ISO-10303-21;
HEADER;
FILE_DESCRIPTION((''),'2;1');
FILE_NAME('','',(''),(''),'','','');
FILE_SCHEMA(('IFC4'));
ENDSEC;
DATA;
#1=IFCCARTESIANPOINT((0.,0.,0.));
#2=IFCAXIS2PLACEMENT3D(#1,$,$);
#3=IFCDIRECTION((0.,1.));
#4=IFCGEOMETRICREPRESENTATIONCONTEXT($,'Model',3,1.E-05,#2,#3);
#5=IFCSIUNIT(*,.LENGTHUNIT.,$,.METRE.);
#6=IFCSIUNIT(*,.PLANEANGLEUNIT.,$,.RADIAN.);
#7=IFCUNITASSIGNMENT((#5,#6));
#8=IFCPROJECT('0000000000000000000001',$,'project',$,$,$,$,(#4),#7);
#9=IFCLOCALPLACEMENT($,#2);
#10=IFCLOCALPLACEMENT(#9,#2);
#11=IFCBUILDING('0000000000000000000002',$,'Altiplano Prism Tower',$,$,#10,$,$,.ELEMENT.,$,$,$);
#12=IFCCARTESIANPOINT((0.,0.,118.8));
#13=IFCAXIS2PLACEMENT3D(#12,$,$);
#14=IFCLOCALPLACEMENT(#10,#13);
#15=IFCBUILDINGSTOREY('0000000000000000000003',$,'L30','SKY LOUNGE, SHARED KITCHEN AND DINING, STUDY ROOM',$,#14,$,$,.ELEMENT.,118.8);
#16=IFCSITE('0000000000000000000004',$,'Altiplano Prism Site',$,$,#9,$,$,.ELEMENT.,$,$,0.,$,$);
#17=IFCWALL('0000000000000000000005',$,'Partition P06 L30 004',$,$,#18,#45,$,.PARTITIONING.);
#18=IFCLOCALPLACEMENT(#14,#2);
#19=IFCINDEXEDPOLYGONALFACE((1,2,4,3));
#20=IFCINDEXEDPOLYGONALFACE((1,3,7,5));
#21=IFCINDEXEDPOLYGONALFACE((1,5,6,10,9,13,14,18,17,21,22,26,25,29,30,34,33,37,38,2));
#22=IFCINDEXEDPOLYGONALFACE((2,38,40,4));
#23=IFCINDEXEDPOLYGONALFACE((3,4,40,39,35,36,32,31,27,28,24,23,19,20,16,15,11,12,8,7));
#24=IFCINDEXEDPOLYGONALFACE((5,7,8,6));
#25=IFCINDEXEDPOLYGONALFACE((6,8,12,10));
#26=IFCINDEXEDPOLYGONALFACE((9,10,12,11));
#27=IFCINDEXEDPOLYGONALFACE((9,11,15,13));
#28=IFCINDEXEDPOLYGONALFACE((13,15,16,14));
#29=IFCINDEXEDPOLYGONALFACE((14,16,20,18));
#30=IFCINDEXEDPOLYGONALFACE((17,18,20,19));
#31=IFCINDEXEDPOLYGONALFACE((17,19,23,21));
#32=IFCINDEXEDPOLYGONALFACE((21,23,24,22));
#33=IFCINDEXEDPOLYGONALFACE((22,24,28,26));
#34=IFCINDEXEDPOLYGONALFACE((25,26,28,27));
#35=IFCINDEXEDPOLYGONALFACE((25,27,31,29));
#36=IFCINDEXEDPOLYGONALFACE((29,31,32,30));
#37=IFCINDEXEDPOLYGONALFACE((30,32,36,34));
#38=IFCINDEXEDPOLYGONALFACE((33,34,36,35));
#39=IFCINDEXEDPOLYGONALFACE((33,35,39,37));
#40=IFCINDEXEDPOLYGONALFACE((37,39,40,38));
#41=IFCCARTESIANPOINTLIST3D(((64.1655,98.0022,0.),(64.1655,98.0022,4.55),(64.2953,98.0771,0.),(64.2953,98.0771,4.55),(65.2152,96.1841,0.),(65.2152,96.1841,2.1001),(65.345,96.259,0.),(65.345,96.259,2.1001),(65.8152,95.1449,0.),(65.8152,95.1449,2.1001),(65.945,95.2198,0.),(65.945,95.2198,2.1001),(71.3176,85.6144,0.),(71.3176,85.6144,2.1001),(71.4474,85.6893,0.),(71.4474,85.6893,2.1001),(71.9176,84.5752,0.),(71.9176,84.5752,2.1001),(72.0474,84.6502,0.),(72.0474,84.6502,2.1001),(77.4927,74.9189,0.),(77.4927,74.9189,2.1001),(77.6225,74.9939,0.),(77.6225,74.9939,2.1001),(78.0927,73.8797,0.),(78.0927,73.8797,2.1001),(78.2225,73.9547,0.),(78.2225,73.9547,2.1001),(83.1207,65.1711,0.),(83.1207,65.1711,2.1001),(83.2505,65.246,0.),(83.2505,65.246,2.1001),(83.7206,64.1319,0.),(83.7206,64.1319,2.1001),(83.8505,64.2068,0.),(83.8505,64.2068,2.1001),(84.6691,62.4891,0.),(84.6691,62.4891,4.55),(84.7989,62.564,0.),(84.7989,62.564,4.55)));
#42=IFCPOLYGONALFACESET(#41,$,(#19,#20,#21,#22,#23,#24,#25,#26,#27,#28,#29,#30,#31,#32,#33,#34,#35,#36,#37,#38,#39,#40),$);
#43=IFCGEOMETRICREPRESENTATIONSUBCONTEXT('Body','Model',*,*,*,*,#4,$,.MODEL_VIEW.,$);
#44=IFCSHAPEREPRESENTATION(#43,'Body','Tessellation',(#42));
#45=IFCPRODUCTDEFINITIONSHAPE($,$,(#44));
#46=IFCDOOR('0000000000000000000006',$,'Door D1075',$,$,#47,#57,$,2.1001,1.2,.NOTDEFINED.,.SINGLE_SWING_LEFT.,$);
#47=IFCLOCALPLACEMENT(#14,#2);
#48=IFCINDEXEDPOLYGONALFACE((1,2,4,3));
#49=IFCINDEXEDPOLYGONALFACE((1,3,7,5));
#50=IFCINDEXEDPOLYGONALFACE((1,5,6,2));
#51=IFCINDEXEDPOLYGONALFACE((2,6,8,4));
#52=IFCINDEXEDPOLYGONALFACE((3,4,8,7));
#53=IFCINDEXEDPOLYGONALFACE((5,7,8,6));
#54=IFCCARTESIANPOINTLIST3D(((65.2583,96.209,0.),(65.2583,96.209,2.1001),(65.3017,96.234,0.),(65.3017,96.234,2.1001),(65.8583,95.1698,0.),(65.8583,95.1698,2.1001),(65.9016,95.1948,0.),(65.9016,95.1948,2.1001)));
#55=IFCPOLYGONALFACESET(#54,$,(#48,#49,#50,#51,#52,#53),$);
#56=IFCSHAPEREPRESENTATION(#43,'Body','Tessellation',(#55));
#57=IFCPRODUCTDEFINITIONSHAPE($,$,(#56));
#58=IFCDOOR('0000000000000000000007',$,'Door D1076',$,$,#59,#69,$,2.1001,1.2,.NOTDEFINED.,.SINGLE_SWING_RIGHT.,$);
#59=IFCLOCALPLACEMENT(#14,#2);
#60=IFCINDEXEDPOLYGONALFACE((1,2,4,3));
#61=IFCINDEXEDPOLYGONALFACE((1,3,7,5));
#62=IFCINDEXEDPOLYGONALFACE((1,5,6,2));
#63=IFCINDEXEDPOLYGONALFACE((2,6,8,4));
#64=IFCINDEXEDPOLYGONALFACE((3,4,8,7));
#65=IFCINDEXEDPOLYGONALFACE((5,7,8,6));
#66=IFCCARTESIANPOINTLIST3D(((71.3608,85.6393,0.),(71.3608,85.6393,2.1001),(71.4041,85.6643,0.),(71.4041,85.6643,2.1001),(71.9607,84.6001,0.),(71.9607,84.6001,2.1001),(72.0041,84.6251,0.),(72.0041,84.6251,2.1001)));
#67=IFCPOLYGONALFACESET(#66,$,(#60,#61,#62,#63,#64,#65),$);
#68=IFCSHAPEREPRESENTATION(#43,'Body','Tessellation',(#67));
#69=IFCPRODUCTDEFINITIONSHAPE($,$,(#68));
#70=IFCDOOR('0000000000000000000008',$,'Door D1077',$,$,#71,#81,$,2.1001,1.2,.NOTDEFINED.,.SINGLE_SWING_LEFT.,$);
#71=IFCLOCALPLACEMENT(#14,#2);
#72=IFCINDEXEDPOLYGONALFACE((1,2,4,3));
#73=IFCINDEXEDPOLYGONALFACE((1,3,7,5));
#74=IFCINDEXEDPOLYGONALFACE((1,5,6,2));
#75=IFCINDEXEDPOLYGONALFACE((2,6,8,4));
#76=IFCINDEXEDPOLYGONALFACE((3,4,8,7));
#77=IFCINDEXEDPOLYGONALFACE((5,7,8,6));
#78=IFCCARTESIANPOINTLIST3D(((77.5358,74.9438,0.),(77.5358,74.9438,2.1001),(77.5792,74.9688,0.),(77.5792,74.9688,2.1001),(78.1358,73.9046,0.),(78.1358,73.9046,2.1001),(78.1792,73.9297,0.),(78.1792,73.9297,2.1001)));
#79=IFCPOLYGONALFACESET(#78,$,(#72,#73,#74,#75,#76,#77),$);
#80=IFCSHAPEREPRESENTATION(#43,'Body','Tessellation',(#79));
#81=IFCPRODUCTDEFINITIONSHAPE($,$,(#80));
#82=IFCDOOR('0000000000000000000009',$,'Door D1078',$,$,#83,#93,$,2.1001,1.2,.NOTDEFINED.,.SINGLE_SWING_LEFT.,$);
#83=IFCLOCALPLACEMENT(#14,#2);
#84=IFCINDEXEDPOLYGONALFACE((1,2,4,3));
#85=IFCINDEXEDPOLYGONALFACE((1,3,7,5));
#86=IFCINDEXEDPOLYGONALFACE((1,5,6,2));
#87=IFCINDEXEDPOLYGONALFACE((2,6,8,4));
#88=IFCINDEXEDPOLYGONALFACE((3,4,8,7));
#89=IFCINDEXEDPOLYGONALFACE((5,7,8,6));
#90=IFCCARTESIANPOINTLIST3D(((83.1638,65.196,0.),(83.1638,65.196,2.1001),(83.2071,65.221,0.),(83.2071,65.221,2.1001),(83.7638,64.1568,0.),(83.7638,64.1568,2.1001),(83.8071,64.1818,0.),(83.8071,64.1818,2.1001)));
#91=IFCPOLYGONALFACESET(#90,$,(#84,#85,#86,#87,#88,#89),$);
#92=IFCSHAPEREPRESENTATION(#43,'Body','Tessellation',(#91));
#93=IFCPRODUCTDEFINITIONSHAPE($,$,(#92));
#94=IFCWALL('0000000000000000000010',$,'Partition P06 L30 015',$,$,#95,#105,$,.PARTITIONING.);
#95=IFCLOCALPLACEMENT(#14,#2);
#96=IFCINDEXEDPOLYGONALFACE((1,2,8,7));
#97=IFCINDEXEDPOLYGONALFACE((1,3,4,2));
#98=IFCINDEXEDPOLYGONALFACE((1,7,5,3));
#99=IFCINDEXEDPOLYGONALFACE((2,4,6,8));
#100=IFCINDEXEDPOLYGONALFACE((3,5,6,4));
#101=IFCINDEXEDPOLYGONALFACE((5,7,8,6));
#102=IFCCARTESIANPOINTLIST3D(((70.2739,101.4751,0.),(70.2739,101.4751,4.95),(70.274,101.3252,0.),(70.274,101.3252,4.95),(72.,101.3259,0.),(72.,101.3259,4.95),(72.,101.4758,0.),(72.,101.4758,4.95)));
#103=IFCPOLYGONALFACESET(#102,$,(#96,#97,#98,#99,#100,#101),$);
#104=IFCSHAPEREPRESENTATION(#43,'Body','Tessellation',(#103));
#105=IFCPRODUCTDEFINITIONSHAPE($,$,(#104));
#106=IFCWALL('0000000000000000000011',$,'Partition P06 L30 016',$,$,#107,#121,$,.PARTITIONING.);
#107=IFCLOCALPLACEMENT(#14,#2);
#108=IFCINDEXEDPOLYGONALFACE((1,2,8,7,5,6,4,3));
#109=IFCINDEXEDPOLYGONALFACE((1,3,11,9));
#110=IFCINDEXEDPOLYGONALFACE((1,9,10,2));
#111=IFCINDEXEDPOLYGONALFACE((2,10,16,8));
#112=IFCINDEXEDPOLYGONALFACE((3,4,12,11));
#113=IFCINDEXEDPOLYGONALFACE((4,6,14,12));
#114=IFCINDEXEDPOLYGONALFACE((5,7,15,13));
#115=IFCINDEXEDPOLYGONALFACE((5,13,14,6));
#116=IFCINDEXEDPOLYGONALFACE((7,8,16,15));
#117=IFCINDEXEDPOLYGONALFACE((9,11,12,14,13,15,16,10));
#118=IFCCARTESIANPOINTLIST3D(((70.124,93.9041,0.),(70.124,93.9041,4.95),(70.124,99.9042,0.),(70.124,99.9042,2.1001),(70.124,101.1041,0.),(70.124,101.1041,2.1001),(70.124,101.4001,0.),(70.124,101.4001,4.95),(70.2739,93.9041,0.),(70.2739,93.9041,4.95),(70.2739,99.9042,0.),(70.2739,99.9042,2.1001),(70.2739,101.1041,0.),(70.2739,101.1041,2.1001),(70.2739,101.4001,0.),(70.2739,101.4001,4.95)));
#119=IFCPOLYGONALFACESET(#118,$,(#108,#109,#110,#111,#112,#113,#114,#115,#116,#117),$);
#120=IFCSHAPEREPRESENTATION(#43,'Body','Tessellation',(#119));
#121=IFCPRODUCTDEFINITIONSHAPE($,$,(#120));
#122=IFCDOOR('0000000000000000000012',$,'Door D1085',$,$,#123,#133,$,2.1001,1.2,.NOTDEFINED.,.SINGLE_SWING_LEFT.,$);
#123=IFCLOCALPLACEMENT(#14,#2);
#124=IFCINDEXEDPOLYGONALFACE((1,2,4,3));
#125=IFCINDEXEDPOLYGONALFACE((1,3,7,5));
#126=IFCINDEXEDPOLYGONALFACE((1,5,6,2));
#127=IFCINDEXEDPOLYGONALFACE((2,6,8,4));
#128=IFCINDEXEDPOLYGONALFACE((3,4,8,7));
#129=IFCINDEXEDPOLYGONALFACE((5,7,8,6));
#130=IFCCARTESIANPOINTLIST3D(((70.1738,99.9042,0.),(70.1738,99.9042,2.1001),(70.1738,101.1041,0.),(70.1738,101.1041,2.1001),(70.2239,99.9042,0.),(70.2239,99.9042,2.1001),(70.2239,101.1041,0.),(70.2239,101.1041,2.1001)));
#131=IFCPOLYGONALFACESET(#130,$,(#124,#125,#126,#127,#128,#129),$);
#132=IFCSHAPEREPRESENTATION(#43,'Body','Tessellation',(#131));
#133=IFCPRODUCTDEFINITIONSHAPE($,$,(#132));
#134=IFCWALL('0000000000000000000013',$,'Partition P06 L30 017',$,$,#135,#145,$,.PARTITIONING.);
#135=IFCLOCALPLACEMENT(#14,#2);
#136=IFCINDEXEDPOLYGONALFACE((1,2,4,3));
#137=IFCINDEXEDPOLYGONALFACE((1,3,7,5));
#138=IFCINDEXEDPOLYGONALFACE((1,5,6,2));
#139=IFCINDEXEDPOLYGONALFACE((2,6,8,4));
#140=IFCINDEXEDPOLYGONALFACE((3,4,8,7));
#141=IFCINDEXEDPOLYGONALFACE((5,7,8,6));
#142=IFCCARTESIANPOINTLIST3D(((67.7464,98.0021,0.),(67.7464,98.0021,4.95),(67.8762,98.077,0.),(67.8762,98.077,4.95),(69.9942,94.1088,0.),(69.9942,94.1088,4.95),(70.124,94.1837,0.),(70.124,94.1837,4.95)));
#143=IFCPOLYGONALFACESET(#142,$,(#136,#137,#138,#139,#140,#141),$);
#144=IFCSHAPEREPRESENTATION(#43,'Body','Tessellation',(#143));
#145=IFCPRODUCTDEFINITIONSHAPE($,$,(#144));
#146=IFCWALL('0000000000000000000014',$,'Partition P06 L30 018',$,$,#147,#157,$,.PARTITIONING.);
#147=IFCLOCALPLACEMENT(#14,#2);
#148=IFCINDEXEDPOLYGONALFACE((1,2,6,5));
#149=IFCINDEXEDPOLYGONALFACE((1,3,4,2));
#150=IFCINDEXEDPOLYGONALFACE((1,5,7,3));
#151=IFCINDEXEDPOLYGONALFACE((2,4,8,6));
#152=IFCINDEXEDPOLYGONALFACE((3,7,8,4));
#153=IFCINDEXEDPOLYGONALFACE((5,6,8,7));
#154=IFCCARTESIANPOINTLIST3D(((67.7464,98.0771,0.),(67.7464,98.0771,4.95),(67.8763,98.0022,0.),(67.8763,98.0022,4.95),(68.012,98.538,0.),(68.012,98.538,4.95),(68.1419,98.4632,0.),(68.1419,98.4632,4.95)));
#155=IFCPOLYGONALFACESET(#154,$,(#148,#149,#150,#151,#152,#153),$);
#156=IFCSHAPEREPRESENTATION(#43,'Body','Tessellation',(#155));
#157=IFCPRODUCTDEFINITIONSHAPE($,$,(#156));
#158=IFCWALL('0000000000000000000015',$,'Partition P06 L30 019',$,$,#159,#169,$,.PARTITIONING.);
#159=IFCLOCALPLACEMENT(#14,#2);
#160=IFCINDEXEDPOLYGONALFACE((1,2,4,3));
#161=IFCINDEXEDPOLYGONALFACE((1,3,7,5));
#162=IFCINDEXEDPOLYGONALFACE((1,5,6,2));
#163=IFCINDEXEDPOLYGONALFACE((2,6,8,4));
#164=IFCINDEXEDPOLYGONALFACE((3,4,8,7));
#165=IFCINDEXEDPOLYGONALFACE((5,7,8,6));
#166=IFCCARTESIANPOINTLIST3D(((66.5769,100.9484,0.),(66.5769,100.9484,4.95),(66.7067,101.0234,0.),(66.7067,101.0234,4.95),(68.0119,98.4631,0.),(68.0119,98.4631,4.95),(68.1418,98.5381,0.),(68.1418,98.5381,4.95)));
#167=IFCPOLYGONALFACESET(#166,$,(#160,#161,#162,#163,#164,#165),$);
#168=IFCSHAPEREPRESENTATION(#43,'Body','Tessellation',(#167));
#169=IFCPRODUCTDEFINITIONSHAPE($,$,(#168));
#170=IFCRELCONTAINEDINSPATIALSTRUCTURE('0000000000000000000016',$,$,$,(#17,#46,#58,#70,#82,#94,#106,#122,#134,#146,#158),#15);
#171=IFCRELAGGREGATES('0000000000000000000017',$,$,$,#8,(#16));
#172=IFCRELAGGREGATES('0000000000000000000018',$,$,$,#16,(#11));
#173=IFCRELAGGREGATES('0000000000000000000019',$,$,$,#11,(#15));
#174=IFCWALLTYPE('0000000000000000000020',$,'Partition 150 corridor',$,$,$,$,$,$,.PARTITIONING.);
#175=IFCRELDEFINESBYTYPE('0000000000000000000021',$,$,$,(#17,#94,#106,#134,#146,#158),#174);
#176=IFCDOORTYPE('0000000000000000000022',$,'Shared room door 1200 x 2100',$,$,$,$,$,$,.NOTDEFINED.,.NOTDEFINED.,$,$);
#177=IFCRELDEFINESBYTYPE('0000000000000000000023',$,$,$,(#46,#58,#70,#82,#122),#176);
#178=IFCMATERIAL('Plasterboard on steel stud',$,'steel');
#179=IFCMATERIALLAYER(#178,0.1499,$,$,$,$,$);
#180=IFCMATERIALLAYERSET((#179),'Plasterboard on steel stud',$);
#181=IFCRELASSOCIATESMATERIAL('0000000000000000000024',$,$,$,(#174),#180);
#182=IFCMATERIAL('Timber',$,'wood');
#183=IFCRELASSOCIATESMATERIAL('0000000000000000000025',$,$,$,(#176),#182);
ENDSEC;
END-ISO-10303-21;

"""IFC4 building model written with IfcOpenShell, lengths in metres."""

from ifc_helpers import new_model, si_unit, direction, frame, frame_2d, origin, place, context, subcontext, project, spatial, rectangle, extrude, material, layer, layer_set, type_object, element, fill, save


model = new_model("IFC4")

# Units and contexts
model_context = context("Model", 3, precision=1e-05, world=origin(), true_north=direction((0.0, 1.0)))
body_context = subcontext(model_context, "Body", "Model", "MODEL_VIEW")
ifc_project = project(units=[si_unit("LENGTHUNIT", "METRE"), si_unit("PLANEANGLEUNIT", "RADIAN")], contexts=[model_context])

# Site, building, storey
site_placement = place(None, origin())
site = spatial("IfcSite", under=ifc_project, at=site_placement, Name="Altiplano Prism Site", CompositionType="ELEMENT", RefElevation=0.0)
building_placement = place(site_placement, origin())
building = spatial("IfcBuilding", under=site, at=building_placement, Name="Altiplano Prism Tower", CompositionType="ELEMENT")
storey_placement = place(building_placement, frame((0.0, 0.0, 118.8)))
storey = spatial("IfcBuildingStorey", under=building, at=storey_placement, Name="L30", Description="SKY LOUNGE, SHARED KITCHEN AND DINING, STUDY ROOM", CompositionType="ELEMENT", Elevation=118.8)

# Shared definitions
ifc_material_1 = material(Name="Plasterboard on steel stud", Category="steel")
ifc_layer_1 = layer(ifc_material_1, 0.1499)
ifc_layer_set_1 = layer_set([ifc_layer_1], Name="Plasterboard on steel stud")
wall_type_1 = type_object("IfcWallType", Name="Partition 150 corridor", PredefinedType="PARTITIONING", material=ifc_layer_set_1)

# Wall, openings, doors
wall_1_placement = place(storey_placement, frame((64.2305, 98.0396, 0.0), z_axis=(0.0, 0.0, 1.0), x_axis=(0.500002, -0.866024, 0.0)))
wall_1 = element("IfcWall", 1, at=wall_1_placement, inside=storey, type_object=wall_type_1, Name="Partition P06 L30 004", PredefinedType="PARTITIONING", context=body_context, shape_type="SweptSolid", body=[
    extrude(rectangle(XDim=41.0071, YDim=0.1499, at=frame_2d((20.5034, 0.0))), origin(), (0.0, 0.0, 1.0), 4.55),
])
opening_1_placement = place(wall_1_placement, frame((2.0991, 0.0, 0.0)))
opening_1 = element("IfcOpeningElement", 2, at=opening_1_placement, cuts=wall_1, PredefinedType="OPENING", context=body_context, shape_type="SweptSolid", body=[
    extrude(rectangle(XDim=1.2, YDim=2.1001, at=frame_2d((0.6001, 1.05))), frame((0.0, 0.0854, 0.0), z_axis=(0.0, -1.0, 0.0), x_axis=(1.0, 0.0, 0.0)), (0.0, 0.0, 1.0), 0.1709),
])
opening_2_placement = place(wall_1_placement, frame((14.304, 0.0, 0.0)))
opening_2 = element("IfcOpeningElement", 3, at=opening_2_placement, cuts=wall_1, PredefinedType="OPENING", context=body_context, shape_type="SweptSolid", body=[
    extrude(rectangle(XDim=1.2, YDim=2.1001, at=frame_2d((0.6001, 1.05))), frame((0.0, 0.0854, 0.0), z_axis=(0.0, -1.0, 0.0), x_axis=(1.0, 0.0, 0.0)), (0.0, 0.0, 1.0), 0.1709),
])
opening_3_placement = place(wall_1_placement, frame((26.6541, 0.0, 0.0)))
opening_3 = element("IfcOpeningElement", 4, at=opening_3_placement, cuts=wall_1, PredefinedType="OPENING", context=body_context, shape_type="SweptSolid", body=[
    extrude(rectangle(XDim=1.2, YDim=2.1001, at=frame_2d((0.6001, 1.05))), frame((0.0, 0.0854, 0.0), z_axis=(0.0, -1.0, 0.0), x_axis=(1.0, 0.0, 0.0)), (0.0, 0.0, 1.0), 0.1709),
])
opening_4_placement = place(wall_1_placement, frame((37.9099, 0.0, 0.0)))
opening_4 = element("IfcOpeningElement", 5, at=opening_4_placement, cuts=wall_1, PredefinedType="OPENING", context=body_context, shape_type="SweptSolid", body=[
    extrude(rectangle(XDim=1.2, YDim=2.1001, at=frame_2d((0.6001, 1.05))), frame((0.0, 0.0854, 0.0), z_axis=(0.0, -1.0, 0.0), x_axis=(1.0, 0.0, 0.0)), (0.0, 0.0, 1.0), 0.1709),
])
ifc_material_2 = material(Name="Timber", Category="wood")
door_type_1 = type_object("IfcDoorType", Name="Shared room door 1200 x 2100", OperationType="NOTDEFINED", PredefinedType="NOTDEFINED", material=ifc_material_2)
door_1_placement = place(opening_1_placement, origin())
door_1 = element("IfcDoor", 6, at=door_1_placement, inside=storey, type_object=door_type_1, Name="Door D1075", OperationType="SINGLE_SWING_LEFT", OverallHeight=2.1001, OverallWidth=1.2, PredefinedType="NOTDEFINED", context=body_context, shape_type="SweptSolid", body=[
    extrude(rectangle(XDim=1.2, YDim=2.1001, at=frame_2d((0.6001, 1.05))), frame((0.0, 0.0249, 0.0), z_axis=(0.0, -1.0, 0.0), x_axis=(1.0, 0.0, 0.0)), (0.0, 0.0, 1.0), 0.05),
])
fill(opening_1, door_1)
door_2_placement = place(opening_2_placement, origin())
door_2 = element("IfcDoor", 7, at=door_2_placement, inside=storey, type_object=door_type_1, Name="Door D1076", OperationType="SINGLE_SWING_RIGHT", OverallHeight=2.1001, OverallWidth=1.2, PredefinedType="NOTDEFINED", context=body_context, shape_type="SweptSolid", body=[
    extrude(rectangle(XDim=1.2, YDim=2.1001, at=frame_2d((0.6001, 1.05))), frame((0.0, 0.0249, 0.0), z_axis=(0.0, -1.0, 0.0), x_axis=(1.0, 0.0, 0.0)), (0.0, 0.0, 1.0), 0.05),
])
fill(opening_2, door_2)
door_3_placement = place(opening_3_placement, origin())
door_3 = element("IfcDoor", 8, at=door_3_placement, inside=storey, type_object=door_type_1, Name="Door D1077", OperationType="SINGLE_SWING_LEFT", OverallHeight=2.1001, OverallWidth=1.2, PredefinedType="NOTDEFINED", context=body_context, shape_type="SweptSolid", body=[
    extrude(rectangle(XDim=1.2, YDim=2.1001, at=frame_2d((0.6001, 1.05))), frame((0.0, 0.0249, 0.0), z_axis=(0.0, -1.0, 0.0), x_axis=(1.0, 0.0, 0.0)), (0.0, 0.0, 1.0), 0.05),
])
fill(opening_3, door_3)
door_4_placement = place(opening_4_placement, origin())
door_4 = element("IfcDoor", 9, at=door_4_placement, inside=storey, type_object=door_type_1, Name="Door D1078", OperationType="SINGLE_SWING_LEFT", OverallHeight=2.1001, OverallWidth=1.2, PredefinedType="NOTDEFINED", context=body_context, shape_type="SweptSolid", body=[
    extrude(rectangle(XDim=1.2, YDim=2.1001, at=frame_2d((0.6001, 1.05))), frame((0.0, 0.0249, 0.0), z_axis=(0.0, -1.0, 0.0), x_axis=(1.0, 0.0, 0.0)), (0.0, 0.0, 1.0), 0.05),
])
fill(opening_4, door_4)

# Wall
wall_2_placement = place(storey_placement, frame((72.0, 101.4009, 0.0), z_axis=(0.0, 0.0, 1.0), x_axis=(-1.0, -0.000424, 0.0)))
element("IfcWall", 10, at=wall_2_placement, inside=storey, type_object=wall_type_1, Name="Partition P06 L30 015", PredefinedType="PARTITIONING", context=body_context, shape_type="SweptSolid", body=[
    extrude(rectangle(XDim=1.7261, YDim=0.1499, at=frame_2d((0.863, 0.0))), origin(), (0.0, 0.0, 1.0), 4.95),
])

# Wall, opening, door
wall_3_placement = place(storey_placement, frame((70.199, 101.4001, 0.0), z_axis=(0.0, 0.0, 1.0), x_axis=(0.0, -1.0, 0.0)))
wall_3 = element("IfcWall", 11, at=wall_3_placement, inside=storey, type_object=wall_type_1, Name="Partition P06 L30 016", PredefinedType="PARTITIONING", context=body_context, shape_type="SweptSolid", body=[
    extrude(rectangle(XDim=7.4961, YDim=0.1499, at=frame_2d((3.748, 0.0))), origin(), (0.0, 0.0, 1.0), 4.95),
])
opening_5_placement = place(wall_3_placement, frame((0.2959, 0.0, 0.0)))
opening_5 = element("IfcOpeningElement", 12, at=opening_5_placement, cuts=wall_3, PredefinedType="OPENING", context=body_context, shape_type="SweptSolid", body=[
    extrude(rectangle(XDim=1.2, YDim=2.1001, at=frame_2d((0.6001, 1.05))), frame((0.0, 0.0854, 0.0), z_axis=(0.0, -1.0, 0.0), x_axis=(1.0, 0.0, 0.0)), (0.0, 0.0, 1.0), 0.1709),
])
door_5_placement = place(opening_5_placement, origin())
door_5 = element("IfcDoor", 13, at=door_5_placement, inside=storey, type_object=door_type_1, Name="Door D1085", OperationType="SINGLE_SWING_LEFT", OverallHeight=2.1001, OverallWidth=1.2, PredefinedType="NOTDEFINED", context=body_context, shape_type="SweptSolid", body=[
    extrude(rectangle(XDim=1.2, YDim=2.1001, at=frame_2d((0.6001, 1.05))), frame((0.0, 0.0249, 0.0), z_axis=(0.0, -1.0, 0.0), x_axis=(1.0, 0.0, 0.0)), (0.0, 0.0, 1.0), 0.05),
])
fill(opening_5, door_5)

# Walls
wall_4_placement = place(storey_placement, frame((70.0591, 94.1462, 0.0), z_axis=(0.0, 0.0, 1.0), x_axis=(-0.5, 0.866026, 0.0)))
element("IfcWall", 14, at=wall_4_placement, inside=storey, type_object=wall_type_1, Name="Partition P06 L30 017", PredefinedType="PARTITIONING", context=body_context, shape_type="SweptSolid", body=[
    extrude(rectangle(XDim=4.4956, YDim=0.1499, at=frame_2d((2.2478, 0.0))), origin(), (0.0, 0.0, 1.0), 4.95),
])
wall_5_placement = place(storey_placement, frame((67.8113, 98.0396, 0.0), z_axis=(0.0, 0.0, 1.0), x_axis=(0.499299, 0.86643, 0.0)))
element("IfcWall", 15, at=wall_5_placement, inside=storey, type_object=wall_type_1, Name="Partition P06 L30 018", PredefinedType="PARTITIONING", context=body_context, shape_type="SweptSolid", body=[
    extrude(rectangle(XDim=0.532, YDim=0.1499, at=frame_2d((0.2661, 0.0))), origin(), (0.0, 0.0, 1.0), 4.95),
])
wall_6_placement = place(storey_placement, frame((68.0769, 98.5005, 0.0), z_axis=(0.0, 0.0, 1.0), x_axis=(-0.500037, 0.866004, 0.0)))
element("IfcWall", 16, at=wall_6_placement, inside=storey, type_object=wall_type_1, Name="Partition P06 L30 019", PredefinedType="PARTITIONING", context=body_context, shape_type="SweptSolid", body=[
    extrude(rectangle(XDim=2.8699, YDim=0.1499, at=frame_2d((1.4351, 0.0))), origin(), (0.0, 0.0, 1.0), 4.95),
])

save(model, "model.ifc")
